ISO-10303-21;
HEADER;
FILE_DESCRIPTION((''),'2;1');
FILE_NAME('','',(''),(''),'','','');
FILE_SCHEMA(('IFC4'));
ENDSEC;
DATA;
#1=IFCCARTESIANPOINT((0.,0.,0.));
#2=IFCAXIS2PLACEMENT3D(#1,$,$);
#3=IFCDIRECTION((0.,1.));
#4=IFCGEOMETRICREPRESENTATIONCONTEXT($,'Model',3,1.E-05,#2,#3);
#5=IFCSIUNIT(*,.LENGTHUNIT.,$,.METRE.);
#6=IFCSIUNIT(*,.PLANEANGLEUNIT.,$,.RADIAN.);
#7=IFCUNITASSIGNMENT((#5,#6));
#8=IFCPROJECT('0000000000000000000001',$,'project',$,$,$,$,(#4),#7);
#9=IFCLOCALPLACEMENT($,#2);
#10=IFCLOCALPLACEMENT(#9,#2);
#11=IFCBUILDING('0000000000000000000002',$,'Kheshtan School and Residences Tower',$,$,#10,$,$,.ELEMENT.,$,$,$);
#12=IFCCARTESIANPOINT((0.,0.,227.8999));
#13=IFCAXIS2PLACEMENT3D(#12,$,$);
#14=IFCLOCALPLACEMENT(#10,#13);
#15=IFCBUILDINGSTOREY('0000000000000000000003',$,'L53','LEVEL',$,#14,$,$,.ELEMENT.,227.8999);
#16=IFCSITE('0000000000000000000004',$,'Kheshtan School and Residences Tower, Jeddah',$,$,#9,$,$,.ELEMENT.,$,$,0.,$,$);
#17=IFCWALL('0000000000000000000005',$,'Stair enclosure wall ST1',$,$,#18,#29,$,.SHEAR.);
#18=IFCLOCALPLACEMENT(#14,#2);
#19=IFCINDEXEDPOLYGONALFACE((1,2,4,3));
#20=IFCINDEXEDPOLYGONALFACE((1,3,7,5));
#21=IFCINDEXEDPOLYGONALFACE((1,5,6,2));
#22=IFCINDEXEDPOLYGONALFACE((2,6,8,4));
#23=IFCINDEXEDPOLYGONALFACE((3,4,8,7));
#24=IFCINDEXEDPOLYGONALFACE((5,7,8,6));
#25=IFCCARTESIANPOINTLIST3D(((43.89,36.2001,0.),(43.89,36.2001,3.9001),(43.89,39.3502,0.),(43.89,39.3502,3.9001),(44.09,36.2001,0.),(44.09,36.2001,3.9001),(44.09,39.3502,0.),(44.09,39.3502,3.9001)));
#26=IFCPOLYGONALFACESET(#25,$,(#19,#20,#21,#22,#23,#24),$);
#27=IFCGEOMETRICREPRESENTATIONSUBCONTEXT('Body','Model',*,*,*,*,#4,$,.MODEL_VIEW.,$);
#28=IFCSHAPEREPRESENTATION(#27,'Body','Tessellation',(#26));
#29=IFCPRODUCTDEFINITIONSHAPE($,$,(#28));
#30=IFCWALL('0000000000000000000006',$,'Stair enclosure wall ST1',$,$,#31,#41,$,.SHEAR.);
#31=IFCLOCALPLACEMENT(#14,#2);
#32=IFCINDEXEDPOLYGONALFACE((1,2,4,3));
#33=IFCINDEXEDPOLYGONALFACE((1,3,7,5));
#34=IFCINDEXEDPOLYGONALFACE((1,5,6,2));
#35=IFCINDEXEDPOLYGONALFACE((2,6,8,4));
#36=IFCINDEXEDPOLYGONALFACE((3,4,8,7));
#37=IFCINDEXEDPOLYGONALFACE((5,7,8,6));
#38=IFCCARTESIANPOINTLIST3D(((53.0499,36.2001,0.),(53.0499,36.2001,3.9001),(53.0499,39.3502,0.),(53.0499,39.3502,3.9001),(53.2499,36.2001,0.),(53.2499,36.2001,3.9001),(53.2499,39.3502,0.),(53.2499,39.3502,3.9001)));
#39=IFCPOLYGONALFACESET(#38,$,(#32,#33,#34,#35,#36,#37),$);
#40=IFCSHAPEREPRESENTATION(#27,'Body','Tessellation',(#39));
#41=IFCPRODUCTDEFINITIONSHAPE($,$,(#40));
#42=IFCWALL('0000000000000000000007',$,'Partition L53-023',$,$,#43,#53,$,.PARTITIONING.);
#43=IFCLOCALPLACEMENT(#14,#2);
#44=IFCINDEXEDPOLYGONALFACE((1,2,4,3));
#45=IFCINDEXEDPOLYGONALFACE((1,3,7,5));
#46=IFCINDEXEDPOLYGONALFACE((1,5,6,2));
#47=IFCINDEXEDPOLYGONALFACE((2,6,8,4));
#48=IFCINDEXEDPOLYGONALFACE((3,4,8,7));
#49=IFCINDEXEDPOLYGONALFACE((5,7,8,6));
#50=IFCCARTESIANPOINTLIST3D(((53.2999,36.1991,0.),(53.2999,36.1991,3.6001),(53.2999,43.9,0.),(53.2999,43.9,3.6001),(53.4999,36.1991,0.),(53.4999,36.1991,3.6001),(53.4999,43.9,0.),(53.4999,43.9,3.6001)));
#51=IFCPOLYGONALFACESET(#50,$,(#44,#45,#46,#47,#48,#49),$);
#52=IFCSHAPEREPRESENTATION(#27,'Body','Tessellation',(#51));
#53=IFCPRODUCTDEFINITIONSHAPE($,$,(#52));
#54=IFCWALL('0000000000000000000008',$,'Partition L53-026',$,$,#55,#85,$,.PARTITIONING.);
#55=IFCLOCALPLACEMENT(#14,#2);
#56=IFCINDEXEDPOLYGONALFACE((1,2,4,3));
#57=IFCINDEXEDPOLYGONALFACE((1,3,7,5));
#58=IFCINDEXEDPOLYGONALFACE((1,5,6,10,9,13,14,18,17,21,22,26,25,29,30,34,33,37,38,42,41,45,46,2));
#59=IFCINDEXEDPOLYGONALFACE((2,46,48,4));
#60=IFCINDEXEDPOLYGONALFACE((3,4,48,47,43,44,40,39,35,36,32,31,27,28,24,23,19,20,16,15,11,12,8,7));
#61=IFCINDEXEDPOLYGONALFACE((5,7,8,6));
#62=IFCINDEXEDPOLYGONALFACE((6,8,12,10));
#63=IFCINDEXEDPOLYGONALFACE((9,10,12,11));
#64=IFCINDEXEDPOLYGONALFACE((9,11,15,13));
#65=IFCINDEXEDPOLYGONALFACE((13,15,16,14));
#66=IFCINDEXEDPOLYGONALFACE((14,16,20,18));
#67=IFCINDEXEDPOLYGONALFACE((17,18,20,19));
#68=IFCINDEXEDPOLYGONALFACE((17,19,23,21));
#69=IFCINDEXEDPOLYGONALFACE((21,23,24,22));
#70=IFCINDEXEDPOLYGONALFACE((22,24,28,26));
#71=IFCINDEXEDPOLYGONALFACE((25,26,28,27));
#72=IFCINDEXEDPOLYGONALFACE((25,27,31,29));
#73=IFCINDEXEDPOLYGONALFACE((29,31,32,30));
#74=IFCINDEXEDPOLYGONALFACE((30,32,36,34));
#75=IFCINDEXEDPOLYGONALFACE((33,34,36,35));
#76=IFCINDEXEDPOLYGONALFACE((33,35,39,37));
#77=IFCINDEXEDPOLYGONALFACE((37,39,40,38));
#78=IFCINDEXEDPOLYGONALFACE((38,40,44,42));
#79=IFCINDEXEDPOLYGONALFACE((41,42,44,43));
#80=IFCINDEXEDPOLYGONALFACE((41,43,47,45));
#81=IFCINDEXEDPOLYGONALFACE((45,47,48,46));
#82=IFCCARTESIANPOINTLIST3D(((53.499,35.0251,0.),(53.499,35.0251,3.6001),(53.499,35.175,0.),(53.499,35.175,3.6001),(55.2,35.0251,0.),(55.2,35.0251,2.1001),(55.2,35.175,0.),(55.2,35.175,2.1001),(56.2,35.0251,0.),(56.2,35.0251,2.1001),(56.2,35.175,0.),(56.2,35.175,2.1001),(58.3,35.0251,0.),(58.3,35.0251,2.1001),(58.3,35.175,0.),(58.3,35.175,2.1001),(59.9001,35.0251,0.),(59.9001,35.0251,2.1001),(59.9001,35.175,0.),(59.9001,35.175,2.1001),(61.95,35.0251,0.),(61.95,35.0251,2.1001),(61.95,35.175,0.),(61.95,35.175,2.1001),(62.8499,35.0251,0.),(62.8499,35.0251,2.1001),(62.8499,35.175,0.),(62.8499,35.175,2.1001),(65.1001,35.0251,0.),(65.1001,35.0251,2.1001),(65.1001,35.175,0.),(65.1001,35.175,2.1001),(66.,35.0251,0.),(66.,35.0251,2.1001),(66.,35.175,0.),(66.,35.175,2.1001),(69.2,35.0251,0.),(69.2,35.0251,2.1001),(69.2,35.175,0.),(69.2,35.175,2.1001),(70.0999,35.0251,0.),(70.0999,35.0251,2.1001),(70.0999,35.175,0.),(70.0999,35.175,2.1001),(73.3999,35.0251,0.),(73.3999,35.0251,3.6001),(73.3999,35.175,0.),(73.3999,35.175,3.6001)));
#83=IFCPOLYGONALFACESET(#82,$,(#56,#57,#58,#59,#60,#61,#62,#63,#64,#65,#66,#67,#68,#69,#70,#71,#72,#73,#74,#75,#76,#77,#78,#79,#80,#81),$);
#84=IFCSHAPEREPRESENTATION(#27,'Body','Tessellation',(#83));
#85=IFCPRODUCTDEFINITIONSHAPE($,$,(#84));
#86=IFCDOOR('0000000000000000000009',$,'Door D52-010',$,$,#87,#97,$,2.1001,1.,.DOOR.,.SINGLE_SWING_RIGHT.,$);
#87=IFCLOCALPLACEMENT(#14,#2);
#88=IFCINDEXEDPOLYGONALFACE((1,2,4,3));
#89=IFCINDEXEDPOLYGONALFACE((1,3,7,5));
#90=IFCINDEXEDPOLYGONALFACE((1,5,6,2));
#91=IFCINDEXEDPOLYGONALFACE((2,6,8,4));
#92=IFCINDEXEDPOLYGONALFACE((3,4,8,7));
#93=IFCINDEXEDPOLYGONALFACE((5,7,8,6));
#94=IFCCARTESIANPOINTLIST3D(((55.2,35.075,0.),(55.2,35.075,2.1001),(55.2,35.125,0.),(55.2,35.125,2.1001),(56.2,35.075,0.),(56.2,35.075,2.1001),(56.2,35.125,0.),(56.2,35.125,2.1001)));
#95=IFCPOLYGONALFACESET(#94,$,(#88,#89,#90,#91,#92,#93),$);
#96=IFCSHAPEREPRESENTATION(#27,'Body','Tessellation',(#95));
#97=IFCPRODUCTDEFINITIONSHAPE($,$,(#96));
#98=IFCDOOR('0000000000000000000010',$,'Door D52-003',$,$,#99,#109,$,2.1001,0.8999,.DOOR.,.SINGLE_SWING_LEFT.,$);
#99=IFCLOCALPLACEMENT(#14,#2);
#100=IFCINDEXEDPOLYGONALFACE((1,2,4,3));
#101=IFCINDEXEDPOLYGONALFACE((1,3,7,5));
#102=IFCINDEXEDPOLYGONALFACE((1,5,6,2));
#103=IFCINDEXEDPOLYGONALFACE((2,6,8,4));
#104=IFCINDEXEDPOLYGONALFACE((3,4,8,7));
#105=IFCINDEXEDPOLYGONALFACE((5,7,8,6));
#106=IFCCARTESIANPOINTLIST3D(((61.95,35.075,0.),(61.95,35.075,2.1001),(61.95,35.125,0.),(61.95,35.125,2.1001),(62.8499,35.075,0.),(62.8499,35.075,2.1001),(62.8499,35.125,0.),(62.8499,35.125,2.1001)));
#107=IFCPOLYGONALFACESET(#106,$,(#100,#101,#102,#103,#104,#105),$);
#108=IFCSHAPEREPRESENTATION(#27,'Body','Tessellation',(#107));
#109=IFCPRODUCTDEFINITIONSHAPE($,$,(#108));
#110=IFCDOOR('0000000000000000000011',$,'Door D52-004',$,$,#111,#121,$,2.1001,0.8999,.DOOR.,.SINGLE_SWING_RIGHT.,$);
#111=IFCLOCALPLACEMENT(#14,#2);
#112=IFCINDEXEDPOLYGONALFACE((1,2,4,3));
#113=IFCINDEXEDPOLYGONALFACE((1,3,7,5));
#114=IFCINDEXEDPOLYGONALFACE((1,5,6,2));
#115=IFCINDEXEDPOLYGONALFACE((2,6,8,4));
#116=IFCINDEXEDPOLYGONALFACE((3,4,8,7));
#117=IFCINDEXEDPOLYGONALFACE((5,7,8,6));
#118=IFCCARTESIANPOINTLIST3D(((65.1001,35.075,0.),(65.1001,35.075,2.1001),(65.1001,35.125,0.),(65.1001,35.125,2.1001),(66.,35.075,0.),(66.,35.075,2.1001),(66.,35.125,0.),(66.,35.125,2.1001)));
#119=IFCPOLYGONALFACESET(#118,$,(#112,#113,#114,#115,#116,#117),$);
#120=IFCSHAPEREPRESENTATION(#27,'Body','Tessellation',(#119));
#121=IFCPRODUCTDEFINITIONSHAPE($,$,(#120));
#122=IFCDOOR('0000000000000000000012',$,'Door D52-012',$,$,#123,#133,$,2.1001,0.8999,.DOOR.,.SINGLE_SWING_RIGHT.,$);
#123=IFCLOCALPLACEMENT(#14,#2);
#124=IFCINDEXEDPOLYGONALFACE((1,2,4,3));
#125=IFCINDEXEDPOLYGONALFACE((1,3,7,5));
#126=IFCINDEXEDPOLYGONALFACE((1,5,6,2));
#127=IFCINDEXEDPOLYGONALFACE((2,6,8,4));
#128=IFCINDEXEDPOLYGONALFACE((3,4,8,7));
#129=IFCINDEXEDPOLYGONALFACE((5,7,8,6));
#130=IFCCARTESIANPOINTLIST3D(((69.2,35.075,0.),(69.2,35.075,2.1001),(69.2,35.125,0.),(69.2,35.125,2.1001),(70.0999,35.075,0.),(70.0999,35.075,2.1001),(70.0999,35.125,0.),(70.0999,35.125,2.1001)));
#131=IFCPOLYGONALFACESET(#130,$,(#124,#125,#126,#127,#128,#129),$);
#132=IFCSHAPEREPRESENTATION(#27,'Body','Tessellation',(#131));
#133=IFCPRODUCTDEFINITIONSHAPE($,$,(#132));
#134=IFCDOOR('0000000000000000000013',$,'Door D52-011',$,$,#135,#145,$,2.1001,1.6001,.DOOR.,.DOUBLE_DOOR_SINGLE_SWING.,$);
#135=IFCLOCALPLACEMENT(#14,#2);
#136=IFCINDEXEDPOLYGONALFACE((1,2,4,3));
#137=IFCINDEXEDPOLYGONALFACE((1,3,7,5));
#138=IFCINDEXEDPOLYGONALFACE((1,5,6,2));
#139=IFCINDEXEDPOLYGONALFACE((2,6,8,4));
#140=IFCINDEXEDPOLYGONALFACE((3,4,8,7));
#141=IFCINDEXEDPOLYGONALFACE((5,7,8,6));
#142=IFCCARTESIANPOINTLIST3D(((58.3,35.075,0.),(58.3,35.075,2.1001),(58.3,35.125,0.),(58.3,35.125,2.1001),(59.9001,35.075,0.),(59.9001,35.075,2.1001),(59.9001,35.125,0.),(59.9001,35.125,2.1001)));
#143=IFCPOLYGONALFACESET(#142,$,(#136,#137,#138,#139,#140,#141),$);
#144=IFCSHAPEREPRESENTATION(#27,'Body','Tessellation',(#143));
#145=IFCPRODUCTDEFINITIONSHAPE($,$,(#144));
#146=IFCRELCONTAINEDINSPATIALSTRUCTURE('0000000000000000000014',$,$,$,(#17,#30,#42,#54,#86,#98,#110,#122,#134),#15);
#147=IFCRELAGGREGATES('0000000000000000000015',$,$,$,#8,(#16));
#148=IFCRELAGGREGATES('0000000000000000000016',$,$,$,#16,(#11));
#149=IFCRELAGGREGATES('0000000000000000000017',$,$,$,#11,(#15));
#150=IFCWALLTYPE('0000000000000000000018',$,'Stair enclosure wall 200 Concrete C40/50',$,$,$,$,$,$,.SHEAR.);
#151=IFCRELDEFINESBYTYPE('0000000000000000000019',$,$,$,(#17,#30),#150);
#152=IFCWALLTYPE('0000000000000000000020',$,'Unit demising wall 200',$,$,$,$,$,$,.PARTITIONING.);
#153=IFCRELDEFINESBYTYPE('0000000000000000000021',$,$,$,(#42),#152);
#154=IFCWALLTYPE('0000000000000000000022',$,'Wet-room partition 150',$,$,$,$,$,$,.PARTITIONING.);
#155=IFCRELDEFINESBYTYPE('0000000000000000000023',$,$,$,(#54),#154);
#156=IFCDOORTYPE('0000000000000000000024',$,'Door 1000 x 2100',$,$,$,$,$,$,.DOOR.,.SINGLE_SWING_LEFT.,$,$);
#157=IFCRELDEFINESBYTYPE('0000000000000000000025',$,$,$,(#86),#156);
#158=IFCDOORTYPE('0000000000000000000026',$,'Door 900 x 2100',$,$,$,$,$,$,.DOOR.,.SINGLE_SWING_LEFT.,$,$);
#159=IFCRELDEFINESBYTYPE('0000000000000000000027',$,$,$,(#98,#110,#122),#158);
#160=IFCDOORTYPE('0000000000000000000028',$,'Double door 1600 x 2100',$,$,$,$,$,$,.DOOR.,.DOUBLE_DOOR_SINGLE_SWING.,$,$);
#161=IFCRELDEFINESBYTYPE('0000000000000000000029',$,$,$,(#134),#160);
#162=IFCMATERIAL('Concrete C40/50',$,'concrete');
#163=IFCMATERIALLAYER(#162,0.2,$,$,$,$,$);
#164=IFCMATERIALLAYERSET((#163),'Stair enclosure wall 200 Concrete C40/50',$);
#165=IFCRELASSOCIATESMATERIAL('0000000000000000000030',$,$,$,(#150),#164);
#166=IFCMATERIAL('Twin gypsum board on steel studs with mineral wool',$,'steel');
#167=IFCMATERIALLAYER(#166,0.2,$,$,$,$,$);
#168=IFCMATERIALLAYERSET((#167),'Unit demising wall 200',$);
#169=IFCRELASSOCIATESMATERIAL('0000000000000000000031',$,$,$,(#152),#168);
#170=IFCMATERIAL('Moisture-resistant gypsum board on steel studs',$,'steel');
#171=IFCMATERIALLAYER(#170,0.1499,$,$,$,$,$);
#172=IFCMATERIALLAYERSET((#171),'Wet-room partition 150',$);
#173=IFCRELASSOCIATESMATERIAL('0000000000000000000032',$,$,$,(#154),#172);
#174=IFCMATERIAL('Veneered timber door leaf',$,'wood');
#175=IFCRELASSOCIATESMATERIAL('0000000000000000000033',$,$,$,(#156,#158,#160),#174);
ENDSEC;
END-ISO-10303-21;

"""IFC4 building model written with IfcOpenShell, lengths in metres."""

from ifc_helpers import new_model, si_unit, direction, frame, frame_2d, origin, place, context, subcontext, project, spatial, rectangle, extrude, source, transform, mapped, material, layer, layer_set, type_object, element, fill, save


model = new_model("IFC4")

# Units and contexts
model_context = context("Model", 3, precision=1e-05, world=origin(), true_north=direction((0.0, 1.0)))
body_context = subcontext(model_context, "Body", "Model", "MODEL_VIEW")
ifc_project = project(units=[si_unit("LENGTHUNIT", "METRE"), si_unit("PLANEANGLEUNIT", "RADIAN")], contexts=[model_context])

# Site, building, storey
site_placement = place(None, origin())
site = spatial("IfcSite", under=ifc_project, at=site_placement, Name="Kheshtan School and Residences Tower, Jeddah", CompositionType="ELEMENT", RefElevation=0.0)
building_placement = place(site_placement, origin())
building = spatial("IfcBuilding", under=site, at=building_placement, Name="Kheshtan School and Residences Tower", CompositionType="ELEMENT")
storey_placement = place(building_placement, frame((0.0, 0.0, 227.8999)))
storey = spatial("IfcBuildingStorey", under=building, at=storey_placement, Name="L53", Description="LEVEL", CompositionType="ELEMENT", Elevation=227.8999)

# Walls
ifc_material_1 = material(Name="Concrete C40/50", Category="concrete")
ifc_layer_1 = layer(ifc_material_1, 0.2)
ifc_layer_set_1 = layer_set([ifc_layer_1], Name="Stair enclosure wall 200 Concrete C40/50")
wall_type_1 = type_object("IfcWallType", Name="Stair enclosure wall 200 Concrete C40/50", PredefinedType="SHEAR", material=ifc_layer_set_1)
for number, where, z_axis, x_axis, name in (
    (1, (43.99, 36.2, 0.0), (0.0, 0.0, 1.0), (0.0, 1.0, 0.0), "Stair enclosure wall ST1"),
    (2, (53.1499, 36.2, 0.0), (0.0, 0.0, 1.0), (0.0, 1.0, 0.0), "Stair enclosure wall ST1"),
):
    element("IfcWall", number, at=place(storey_placement, frame(where, z_axis=z_axis, x_axis=x_axis)), inside=storey, type_object=wall_type_1, Name=name, PredefinedType="SHEAR", context=body_context, shape_type="SweptSolid", body=[
        extrude(rectangle(XDim=3.1501, YDim=0.2, at=frame_2d((1.5752, 0.0))), origin(), (0.0, 0.0, 1.0), 3.9001),
    ])
ifc_material_2 = material(Name="Twin gypsum board on steel studs with mineral wool", Category="steel")
ifc_layer_2 = layer(ifc_material_2, 0.2)
ifc_layer_set_2 = layer_set([ifc_layer_2], Name="Unit demising wall 200")
wall_type_2 = type_object("IfcWallType", Name="Unit demising wall 200", PredefinedType="PARTITIONING", material=ifc_layer_set_2)
wall_1_placement = place(storey_placement, frame((53.3999, 36.199, 0.0), z_axis=(0.0, 0.0, 1.0), x_axis=(0.0, 1.0, 0.0)))
element("IfcWall", 3, at=wall_1_placement, inside=storey, type_object=wall_type_2, Name="Partition L53-023", PredefinedType="PARTITIONING", context=body_context, shape_type="SweptSolid", body=[
    extrude(rectangle(XDim=7.7009, YDim=0.2, at=frame_2d((3.8506, 0.0))), origin(), (0.0, 0.0, 1.0), 3.6001),
])

# Wall, openings, doors
ifc_material_3 = material(Name="Moisture-resistant gypsum board on steel studs", Category="steel")
ifc_layer_3 = layer(ifc_material_3, 0.1499)
ifc_layer_set_3 = layer_set([ifc_layer_3], Name="Wet-room partition 150")
wall_type_3 = type_object("IfcWallType", Name="Wet-room partition 150", PredefinedType="PARTITIONING", material=ifc_layer_set_3)
wall_2_placement = place(storey_placement, frame((53.499, 35.1001, 0.0), z_axis=(0.0, 0.0, 1.0), x_axis=(1.0, 0.0, 0.0)))
wall_2 = element("IfcWall", 4, at=wall_2_placement, inside=storey, type_object=wall_type_3, Name="Partition L53-026", PredefinedType="PARTITIONING", context=body_context, shape_type="SweptSolid", body=[
    extrude(rectangle(XDim=19.9009, YDim=0.1499, at=frame_2d((9.9504, 0.0))), origin(), (0.0, 0.0, 1.0), 3.6001),
])
opening_1_placement = place(wall_2_placement, frame((8.4509, 0.0, 0.0)))
opening_1 = element("IfcOpeningElement", 5, at=opening_1_placement, cuts=wall_2, PredefinedType="OPENING", context=body_context, shape_type="SweptSolid", body=[
    extrude(rectangle(XDim=0.8999, YDim=2.1001, at=frame_2d((0.45, 1.05))), frame((0.0, 0.085, 0.0), z_axis=(0.0, -1.0, 0.0), x_axis=(1.0, 0.0, 0.0)), (0.0, 0.0, 1.0), 0.1699),
])
opening_2_placement = place(wall_2_placement, frame((11.6011, 0.0, 0.0)))
opening_2 = element("IfcOpeningElement", 6, at=opening_2_placement, cuts=wall_2, PredefinedType="OPENING", context=body_context, shape_type="SweptSolid", body=[
    extrude(rectangle(XDim=0.8999, YDim=2.1001, at=frame_2d((0.45, 1.05))), frame((0.0, 0.085, 0.0), z_axis=(0.0, -1.0, 0.0), x_axis=(1.0, 0.0, 0.0)), (0.0, 0.0, 1.0), 0.1699),
])
opening_3_placement = place(wall_2_placement, frame((1.7009, 0.0, 0.0)))
opening_3 = element("IfcOpeningElement", 7, at=opening_3_placement, cuts=wall_2, PredefinedType="OPENING", context=body_context, shape_type="SweptSolid", body=[
    extrude(rectangle(XDim=1.0, YDim=2.1001, at=frame_2d((0.5, 1.05))), frame((0.0, 0.085, 0.0), z_axis=(0.0, -1.0, 0.0), x_axis=(1.0, 0.0, 0.0)), (0.0, 0.0, 1.0), 0.1699),
])
opening_4_placement = place(wall_2_placement, frame((4.801, 0.0, 0.0)))
opening_4 = element("IfcOpeningElement", 8, at=opening_4_placement, cuts=wall_2, PredefinedType="OPENING", context=body_context, shape_type="SweptSolid", body=[
    extrude(rectangle(XDim=1.6001, YDim=2.1001, at=frame_2d((0.8, 1.05))), frame((0.0, 0.085, 0.0), z_axis=(0.0, -1.0, 0.0), x_axis=(1.0, 0.0, 0.0)), (0.0, 0.0, 1.0), 0.1699),
])
opening_5_placement = place(wall_2_placement, frame((15.7009, 0.0, 0.0)))
opening_5 = element("IfcOpeningElement", 9, at=opening_5_placement, cuts=wall_2, PredefinedType="OPENING", context=body_context, shape_type="SweptSolid", body=[
    extrude(rectangle(XDim=0.8999, YDim=2.1001, at=frame_2d((0.45, 1.05))), frame((0.0, 0.085, 0.0), z_axis=(0.0, -1.0, 0.0), x_axis=(1.0, 0.0, 0.0)), (0.0, 0.0, 1.0), 0.1699),
])
ifc_material_4 = material(Name="Veneered timber door leaf", Category="wood")
door_type_1 = type_object("IfcDoorType", Name="Door 1000 x 2100", OperationType="SINGLE_SWING_LEFT", PredefinedType="DOOR", material=ifc_material_4)
shared_shape_1 = source(origin(), body_context, "Body", "SweptSolid", [
    extrude(rectangle(XDim=1.0, YDim=2.1001, at=frame_2d((0.5, 1.05))), frame((0.0, 0.0249, 0.0), z_axis=(0.0, -1.0, 0.0), x_axis=(1.0, 0.0, 0.0)), (0.0, 0.0, 1.0), 0.05),
])
door_1_placement = place(opening_3_placement, origin())
door_1 = element("IfcDoor", 10, at=door_1_placement, inside=storey, type_object=door_type_1, Name="Door D52-010", OperationType="SINGLE_SWING_RIGHT", OverallHeight=2.1001, OverallWidth=1.0, PredefinedType="DOOR", context=body_context, shape_type="MappedRepresentation", body=[
    mapped(shared_shape_1, transform((0.0, 0.0, 0.0), x_axis=(1.0, 0.0, 0.0), y_axis=(0.0, 1.0, 0.0), z_axis=(0.0, 0.0, 1.0), scale=1.0)),
])
fill(opening_3, door_1)
door_type_2 = type_object("IfcDoorType", Name="Door 900 x 2100", OperationType="SINGLE_SWING_LEFT", PredefinedType="DOOR", material=ifc_material_4)
shared_shape_2 = source(origin(), body_context, "Body", "SweptSolid", [
    extrude(rectangle(XDim=0.8999, YDim=2.1001, at=frame_2d((0.45, 1.05))), frame((0.0, 0.0249, 0.0), z_axis=(0.0, -1.0, 0.0), x_axis=(1.0, 0.0, 0.0)), (0.0, 0.0, 1.0), 0.05),
])
door_2_placement = place(opening_1_placement, origin())
door_2 = element("IfcDoor", 11, at=door_2_placement, inside=storey, type_object=door_type_2, Name="Door D52-003", OperationType="SINGLE_SWING_LEFT", OverallHeight=2.1001, OverallWidth=0.8999, PredefinedType="DOOR", context=body_context, shape_type="MappedRepresentation", body=[
    mapped(shared_shape_2, transform((0.0, 0.0, 0.0), x_axis=(1.0, 0.0, 0.0), y_axis=(0.0, 1.0, 0.0), z_axis=(0.0, 0.0, 1.0), scale=1.0)),
])
fill(opening_1, door_2)
door_3_placement = place(opening_2_placement, origin())
door_3 = element("IfcDoor", 12, at=door_3_placement, inside=storey, type_object=door_type_2, Name="Door D52-004", OperationType="SINGLE_SWING_RIGHT", OverallHeight=2.1001, OverallWidth=0.8999, PredefinedType="DOOR", context=body_context, shape_type="MappedRepresentation", body=[
    mapped(shared_shape_2, transform((0.0, 0.0, 0.0), x_axis=(1.0, 0.0, 0.0), y_axis=(0.0, 1.0, 0.0), z_axis=(0.0, 0.0, 1.0), scale=1.0)),
])
fill(opening_2, door_3)
door_4_placement = place(opening_5_placement, origin())
door_4 = element("IfcDoor", 13, at=door_4_placement, inside=storey, type_object=door_type_2, Name="Door D52-012", OperationType="SINGLE_SWING_RIGHT", OverallHeight=2.1001, OverallWidth=0.8999, PredefinedType="DOOR", context=body_context, shape_type="MappedRepresentation", body=[
    mapped(shared_shape_2, transform((0.0, 0.0, 0.0), x_axis=(1.0, 0.0, 0.0), y_axis=(0.0, 1.0, 0.0), z_axis=(0.0, 0.0, 1.0), scale=1.0)),
])
fill(opening_5, door_4)
door_type_3 = type_object("IfcDoorType", Name="Double door 1600 x 2100", OperationType="DOUBLE_DOOR_SINGLE_SWING", PredefinedType="DOOR", material=ifc_material_4)
shared_shape_3 = source(origin(), body_context, "Body", "SweptSolid", [
    extrude(rectangle(XDim=1.6001, YDim=2.1001, at=frame_2d((0.8, 1.05))), frame((0.0, 0.0249, 0.0), z_axis=(0.0, -1.0, 0.0), x_axis=(1.0, 0.0, 0.0)), (0.0, 0.0, 1.0), 0.05),
])
door_5_placement = place(opening_4_placement, origin())
door_5 = element("IfcDoor", 14, at=door_5_placement, inside=storey, type_object=door_type_3, Name="Door D52-011", OperationType="DOUBLE_DOOR_SINGLE_SWING", OverallHeight=2.1001, OverallWidth=1.6001, PredefinedType="DOOR", context=body_context, shape_type="MappedRepresentation", body=[
    mapped(shared_shape_3, transform((0.0, 0.0, 0.0), x_axis=(1.0, 0.0, 0.0), y_axis=(0.0, 1.0, 0.0), z_axis=(0.0, 0.0, 1.0), scale=1.0)),
])
fill(opening_4, door_5)

save(model, "model.ifc")
